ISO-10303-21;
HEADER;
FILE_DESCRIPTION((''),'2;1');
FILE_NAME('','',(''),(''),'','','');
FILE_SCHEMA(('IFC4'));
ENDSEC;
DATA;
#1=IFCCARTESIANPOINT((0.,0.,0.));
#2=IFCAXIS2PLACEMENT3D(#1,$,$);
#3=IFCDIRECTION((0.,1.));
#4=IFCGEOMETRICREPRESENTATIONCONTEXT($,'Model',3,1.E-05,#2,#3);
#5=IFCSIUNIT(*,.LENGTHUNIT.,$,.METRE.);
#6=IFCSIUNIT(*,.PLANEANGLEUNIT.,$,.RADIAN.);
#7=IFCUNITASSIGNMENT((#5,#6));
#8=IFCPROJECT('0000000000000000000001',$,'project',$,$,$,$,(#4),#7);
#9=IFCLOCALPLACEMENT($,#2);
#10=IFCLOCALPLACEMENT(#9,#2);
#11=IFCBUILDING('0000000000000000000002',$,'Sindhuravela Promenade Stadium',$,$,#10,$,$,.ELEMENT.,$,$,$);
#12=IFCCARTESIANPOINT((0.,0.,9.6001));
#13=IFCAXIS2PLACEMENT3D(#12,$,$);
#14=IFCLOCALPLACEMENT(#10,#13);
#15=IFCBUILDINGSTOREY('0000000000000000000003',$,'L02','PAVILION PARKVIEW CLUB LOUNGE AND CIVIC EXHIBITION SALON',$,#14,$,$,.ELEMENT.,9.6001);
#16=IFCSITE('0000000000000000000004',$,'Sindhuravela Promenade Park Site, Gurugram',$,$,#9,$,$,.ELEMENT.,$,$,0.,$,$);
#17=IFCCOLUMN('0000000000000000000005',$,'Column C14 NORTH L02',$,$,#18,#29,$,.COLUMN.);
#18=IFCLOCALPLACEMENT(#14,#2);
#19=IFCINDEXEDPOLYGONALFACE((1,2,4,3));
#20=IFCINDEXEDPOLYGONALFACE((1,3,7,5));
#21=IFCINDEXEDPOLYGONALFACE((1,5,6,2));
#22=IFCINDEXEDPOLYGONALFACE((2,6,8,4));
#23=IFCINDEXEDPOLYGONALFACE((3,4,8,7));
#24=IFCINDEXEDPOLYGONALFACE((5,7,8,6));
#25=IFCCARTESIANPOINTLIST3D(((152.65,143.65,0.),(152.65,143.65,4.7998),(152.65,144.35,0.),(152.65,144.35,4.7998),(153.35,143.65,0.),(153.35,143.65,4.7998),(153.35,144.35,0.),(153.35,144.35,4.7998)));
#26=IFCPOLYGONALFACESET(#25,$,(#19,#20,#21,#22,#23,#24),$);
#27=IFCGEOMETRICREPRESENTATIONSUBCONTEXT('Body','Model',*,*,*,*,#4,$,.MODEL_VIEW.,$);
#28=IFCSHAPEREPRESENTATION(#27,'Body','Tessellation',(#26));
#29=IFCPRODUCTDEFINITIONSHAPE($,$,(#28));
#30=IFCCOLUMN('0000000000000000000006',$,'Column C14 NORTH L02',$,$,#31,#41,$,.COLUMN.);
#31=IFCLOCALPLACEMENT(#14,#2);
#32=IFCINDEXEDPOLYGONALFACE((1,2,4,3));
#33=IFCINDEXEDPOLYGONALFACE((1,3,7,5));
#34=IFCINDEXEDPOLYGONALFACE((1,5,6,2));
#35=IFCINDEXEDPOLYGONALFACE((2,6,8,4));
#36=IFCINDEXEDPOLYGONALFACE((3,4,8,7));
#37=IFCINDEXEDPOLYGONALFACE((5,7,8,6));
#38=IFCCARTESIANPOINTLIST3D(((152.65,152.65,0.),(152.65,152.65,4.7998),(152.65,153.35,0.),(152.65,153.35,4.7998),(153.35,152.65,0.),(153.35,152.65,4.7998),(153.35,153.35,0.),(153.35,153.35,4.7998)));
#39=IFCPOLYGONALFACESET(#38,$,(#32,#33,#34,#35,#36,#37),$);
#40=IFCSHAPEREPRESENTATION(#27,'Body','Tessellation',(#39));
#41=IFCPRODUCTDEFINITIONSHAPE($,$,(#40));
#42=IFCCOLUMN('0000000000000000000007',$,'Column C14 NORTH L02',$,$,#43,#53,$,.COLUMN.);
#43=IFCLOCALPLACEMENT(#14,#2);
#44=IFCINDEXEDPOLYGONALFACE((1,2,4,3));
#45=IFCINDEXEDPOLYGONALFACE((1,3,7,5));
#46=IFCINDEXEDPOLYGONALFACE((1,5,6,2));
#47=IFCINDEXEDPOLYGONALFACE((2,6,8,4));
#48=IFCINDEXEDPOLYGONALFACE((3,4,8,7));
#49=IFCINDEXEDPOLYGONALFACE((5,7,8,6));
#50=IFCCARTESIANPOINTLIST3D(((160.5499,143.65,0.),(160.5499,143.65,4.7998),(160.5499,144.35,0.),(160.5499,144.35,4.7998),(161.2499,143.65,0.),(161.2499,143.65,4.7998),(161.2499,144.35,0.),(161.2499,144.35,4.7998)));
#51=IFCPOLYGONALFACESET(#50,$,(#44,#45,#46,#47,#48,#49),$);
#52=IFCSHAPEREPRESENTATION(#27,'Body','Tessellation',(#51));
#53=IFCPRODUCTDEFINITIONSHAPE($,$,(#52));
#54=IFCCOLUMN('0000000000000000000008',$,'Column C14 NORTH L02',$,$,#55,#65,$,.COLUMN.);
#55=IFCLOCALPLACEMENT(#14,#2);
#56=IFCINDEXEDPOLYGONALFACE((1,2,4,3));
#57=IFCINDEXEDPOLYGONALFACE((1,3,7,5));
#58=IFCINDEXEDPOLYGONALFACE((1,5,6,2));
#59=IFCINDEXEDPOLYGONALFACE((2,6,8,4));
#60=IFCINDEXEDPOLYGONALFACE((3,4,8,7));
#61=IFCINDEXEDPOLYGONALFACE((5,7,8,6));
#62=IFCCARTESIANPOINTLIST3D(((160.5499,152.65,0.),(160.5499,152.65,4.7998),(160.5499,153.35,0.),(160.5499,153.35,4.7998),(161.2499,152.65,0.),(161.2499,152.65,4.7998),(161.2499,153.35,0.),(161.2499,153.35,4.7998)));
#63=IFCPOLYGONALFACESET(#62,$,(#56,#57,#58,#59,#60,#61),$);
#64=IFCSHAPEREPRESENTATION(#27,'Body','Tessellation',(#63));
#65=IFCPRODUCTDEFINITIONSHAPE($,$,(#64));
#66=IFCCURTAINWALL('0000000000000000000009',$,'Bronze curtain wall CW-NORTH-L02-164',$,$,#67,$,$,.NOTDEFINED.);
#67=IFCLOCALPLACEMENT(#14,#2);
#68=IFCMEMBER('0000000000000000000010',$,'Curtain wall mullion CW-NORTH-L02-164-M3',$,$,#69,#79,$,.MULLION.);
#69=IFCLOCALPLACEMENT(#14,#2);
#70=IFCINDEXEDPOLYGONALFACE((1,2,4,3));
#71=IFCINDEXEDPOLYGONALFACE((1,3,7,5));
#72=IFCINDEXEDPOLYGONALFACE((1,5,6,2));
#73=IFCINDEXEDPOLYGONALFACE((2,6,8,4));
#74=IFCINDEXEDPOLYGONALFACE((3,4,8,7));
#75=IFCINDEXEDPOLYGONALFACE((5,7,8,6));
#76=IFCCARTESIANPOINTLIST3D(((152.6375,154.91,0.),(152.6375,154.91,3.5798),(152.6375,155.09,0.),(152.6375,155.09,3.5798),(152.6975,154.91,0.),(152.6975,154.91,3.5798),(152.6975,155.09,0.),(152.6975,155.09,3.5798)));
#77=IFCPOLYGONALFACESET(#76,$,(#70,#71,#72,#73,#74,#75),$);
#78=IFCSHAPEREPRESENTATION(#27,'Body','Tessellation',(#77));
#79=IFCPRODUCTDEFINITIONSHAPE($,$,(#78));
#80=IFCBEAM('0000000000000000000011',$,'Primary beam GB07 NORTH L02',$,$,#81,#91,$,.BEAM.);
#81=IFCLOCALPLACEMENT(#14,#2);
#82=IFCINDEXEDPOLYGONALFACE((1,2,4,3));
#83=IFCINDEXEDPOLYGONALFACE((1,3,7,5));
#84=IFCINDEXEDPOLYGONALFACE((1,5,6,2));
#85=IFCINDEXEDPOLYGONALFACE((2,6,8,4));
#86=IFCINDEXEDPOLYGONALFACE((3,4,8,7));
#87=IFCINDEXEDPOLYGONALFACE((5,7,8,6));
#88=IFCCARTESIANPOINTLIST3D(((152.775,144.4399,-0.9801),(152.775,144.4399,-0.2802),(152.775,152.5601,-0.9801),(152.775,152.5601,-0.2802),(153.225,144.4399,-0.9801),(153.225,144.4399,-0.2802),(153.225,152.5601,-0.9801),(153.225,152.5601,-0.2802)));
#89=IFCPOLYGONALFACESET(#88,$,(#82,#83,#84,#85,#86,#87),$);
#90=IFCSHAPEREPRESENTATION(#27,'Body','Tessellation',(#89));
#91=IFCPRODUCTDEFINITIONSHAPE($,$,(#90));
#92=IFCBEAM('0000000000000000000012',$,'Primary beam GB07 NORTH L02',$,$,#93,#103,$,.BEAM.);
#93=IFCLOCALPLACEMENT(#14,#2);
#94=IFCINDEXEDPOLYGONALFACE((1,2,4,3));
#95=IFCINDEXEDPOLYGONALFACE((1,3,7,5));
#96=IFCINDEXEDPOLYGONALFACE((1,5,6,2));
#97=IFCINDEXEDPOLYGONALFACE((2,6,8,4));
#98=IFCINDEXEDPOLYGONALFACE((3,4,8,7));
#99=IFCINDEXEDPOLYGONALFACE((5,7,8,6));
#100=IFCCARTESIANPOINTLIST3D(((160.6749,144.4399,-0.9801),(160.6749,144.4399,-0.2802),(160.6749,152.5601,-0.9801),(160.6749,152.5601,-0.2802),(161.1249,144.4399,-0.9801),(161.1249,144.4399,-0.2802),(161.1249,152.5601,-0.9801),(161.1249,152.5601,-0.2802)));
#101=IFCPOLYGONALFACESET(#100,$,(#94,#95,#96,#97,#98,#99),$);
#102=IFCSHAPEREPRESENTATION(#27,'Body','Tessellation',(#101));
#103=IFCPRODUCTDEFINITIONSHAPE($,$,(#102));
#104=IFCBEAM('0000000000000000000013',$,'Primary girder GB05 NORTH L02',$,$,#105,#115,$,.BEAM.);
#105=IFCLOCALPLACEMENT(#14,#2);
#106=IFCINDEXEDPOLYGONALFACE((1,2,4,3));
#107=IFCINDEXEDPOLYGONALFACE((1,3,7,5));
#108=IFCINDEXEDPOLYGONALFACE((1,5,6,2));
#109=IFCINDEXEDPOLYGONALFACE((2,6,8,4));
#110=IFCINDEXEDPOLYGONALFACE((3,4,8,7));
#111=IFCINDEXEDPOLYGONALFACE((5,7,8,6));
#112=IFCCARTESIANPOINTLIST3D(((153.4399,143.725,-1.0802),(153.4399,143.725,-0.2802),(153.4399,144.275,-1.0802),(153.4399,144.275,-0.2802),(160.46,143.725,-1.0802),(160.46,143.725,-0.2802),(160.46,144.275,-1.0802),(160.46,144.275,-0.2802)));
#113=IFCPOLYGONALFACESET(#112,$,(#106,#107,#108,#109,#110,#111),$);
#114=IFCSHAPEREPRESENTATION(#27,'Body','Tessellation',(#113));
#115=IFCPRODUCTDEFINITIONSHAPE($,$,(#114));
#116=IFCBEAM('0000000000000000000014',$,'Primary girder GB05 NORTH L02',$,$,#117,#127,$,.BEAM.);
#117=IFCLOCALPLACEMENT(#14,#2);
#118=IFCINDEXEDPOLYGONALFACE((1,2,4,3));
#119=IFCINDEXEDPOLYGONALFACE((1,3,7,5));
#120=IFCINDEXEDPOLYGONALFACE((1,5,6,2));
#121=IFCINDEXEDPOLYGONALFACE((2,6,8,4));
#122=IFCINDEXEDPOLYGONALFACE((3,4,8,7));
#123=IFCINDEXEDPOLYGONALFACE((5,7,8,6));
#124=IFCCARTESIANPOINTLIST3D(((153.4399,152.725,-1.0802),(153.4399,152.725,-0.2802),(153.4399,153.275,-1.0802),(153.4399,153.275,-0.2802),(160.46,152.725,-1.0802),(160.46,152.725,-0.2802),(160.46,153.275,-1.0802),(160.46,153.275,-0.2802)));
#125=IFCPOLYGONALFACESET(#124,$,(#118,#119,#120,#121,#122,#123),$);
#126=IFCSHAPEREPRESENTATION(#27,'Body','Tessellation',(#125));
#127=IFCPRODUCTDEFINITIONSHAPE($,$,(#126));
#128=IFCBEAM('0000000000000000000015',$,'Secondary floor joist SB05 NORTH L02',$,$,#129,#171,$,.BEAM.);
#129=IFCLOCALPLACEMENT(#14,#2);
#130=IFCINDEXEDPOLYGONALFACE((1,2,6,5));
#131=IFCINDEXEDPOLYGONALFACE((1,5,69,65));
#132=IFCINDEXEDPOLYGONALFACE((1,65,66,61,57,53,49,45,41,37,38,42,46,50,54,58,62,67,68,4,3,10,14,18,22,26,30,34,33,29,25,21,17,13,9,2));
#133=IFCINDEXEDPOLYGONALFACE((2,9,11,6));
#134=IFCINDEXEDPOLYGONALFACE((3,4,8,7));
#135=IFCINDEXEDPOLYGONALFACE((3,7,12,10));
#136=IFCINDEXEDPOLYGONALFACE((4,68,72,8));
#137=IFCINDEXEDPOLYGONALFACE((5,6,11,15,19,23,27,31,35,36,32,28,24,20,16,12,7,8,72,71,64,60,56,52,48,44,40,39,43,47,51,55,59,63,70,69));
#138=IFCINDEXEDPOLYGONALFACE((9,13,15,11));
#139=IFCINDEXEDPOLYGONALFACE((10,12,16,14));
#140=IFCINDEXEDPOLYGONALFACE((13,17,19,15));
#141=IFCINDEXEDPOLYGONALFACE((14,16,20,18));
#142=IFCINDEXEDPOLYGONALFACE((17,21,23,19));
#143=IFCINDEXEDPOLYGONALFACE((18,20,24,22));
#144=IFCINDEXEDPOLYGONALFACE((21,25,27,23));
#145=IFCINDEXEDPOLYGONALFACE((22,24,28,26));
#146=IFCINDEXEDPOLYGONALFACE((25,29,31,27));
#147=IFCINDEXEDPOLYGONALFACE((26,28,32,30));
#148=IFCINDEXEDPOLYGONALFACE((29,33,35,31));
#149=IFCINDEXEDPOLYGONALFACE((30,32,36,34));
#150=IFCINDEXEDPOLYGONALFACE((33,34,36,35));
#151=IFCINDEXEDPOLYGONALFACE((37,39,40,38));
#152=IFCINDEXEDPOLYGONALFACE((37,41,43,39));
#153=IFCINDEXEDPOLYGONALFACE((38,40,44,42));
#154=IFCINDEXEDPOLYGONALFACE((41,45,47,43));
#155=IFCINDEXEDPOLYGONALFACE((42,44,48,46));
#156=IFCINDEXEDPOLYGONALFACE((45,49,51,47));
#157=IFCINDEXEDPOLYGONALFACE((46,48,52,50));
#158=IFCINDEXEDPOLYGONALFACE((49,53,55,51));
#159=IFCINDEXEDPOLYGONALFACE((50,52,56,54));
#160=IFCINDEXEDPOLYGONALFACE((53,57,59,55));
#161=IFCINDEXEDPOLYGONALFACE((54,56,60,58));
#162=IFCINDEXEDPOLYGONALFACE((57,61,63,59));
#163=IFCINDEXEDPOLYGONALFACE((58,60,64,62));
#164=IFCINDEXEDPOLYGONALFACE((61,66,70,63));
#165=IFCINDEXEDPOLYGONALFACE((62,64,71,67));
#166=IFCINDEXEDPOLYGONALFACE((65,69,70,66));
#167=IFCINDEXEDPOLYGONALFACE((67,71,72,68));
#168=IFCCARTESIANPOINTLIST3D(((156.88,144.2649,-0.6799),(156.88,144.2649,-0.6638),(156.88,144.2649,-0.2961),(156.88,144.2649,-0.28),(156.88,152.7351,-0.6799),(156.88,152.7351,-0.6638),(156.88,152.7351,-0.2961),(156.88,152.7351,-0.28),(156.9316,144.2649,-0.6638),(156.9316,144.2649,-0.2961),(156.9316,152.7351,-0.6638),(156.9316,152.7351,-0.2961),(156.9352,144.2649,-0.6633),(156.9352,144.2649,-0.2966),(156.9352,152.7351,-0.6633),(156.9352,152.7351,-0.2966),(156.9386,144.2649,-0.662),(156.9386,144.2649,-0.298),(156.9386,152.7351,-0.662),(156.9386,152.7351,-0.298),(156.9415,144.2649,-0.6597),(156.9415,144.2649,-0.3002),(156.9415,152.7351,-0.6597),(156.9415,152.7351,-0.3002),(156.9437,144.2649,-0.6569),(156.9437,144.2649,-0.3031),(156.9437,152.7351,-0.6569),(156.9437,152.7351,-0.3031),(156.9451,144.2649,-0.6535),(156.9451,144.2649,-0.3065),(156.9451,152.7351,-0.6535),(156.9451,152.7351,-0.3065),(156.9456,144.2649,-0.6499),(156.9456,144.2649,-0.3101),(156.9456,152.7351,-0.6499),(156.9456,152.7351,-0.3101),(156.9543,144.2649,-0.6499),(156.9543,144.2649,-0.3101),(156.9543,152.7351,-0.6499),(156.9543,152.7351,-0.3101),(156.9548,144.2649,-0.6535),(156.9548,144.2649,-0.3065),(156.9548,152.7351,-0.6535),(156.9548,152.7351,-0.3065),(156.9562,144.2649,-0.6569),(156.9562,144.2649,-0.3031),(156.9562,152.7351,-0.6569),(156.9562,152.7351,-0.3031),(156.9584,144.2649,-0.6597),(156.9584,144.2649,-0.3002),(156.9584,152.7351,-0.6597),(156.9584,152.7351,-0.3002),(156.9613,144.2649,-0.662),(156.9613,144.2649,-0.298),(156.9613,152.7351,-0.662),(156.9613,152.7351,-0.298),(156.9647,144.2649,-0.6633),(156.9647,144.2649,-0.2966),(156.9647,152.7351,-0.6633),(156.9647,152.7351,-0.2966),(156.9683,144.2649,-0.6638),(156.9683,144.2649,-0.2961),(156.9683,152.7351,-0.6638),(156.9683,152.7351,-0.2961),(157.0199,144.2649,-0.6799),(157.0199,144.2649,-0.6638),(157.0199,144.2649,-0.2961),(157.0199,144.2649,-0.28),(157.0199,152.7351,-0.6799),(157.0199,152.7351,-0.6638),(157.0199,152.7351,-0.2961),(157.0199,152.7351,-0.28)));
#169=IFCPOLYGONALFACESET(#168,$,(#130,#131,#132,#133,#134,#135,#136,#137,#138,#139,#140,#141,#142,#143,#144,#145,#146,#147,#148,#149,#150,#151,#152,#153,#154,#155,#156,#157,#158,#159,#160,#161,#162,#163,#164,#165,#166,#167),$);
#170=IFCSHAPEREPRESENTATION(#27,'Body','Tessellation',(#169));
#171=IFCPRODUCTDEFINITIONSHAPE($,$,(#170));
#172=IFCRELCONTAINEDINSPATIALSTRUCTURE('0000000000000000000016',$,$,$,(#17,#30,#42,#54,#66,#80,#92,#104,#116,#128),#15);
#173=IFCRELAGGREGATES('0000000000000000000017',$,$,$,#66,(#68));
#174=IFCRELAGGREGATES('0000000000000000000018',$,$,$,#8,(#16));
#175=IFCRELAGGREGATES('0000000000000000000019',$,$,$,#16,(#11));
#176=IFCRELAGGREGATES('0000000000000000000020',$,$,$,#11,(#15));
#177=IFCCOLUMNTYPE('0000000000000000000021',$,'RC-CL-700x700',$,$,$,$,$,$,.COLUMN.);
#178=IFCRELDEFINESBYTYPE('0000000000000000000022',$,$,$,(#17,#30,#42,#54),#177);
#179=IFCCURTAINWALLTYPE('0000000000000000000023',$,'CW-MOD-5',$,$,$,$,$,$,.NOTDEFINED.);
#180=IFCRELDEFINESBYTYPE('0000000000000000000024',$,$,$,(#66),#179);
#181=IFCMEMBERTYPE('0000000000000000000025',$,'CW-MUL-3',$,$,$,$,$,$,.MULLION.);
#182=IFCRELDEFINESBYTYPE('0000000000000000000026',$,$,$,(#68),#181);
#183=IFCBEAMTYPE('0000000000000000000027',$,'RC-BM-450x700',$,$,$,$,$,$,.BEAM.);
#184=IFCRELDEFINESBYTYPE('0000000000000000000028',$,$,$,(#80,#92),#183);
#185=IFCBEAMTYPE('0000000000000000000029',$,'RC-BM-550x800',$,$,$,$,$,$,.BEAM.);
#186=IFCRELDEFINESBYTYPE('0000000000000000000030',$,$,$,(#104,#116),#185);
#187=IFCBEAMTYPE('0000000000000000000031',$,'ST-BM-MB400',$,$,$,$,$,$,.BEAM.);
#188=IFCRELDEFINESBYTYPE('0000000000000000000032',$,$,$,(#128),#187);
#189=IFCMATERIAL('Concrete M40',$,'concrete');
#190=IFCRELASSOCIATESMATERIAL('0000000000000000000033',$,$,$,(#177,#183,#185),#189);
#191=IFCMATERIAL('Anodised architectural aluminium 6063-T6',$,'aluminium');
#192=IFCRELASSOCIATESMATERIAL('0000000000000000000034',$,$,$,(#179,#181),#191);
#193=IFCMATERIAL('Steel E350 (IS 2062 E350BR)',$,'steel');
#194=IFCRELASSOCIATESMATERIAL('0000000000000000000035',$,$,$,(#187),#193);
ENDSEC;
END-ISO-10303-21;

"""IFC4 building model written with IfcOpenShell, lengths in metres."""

from ifc_helpers import new_model, si_unit, direction, frame, origin, origin_2d, place, context, subcontext, project, spatial, rectangle, i_section, extrude, material, material_profile, profile_set, type_object, element, aggregate, save


model = new_model("IFC4")

# Units and contexts
model_context = context("Model", 3, precision=1e-05, world=origin(), true_north=direction((0.0, 1.0)))
body_context = subcontext(model_context, "Body", "Model", "MODEL_VIEW")
ifc_project = project(units=[si_unit("LENGTHUNIT", "METRE"), si_unit("PLANEANGLEUNIT", "RADIAN")], contexts=[model_context])

# Site, building, storey
site_placement = place(None, origin())
site = spatial("IfcSite", under=ifc_project, at=site_placement, Name="Sindhuravela Promenade Park Site, Gurugram", CompositionType="ELEMENT", RefElevation=0.0)
building_placement = place(site_placement, origin())
building = spatial("IfcBuilding", under=site, at=building_placement, Name="Sindhuravela Promenade Stadium", CompositionType="ELEMENT")
storey_placement = place(building_placement, frame((0.0, 0.0, 9.6001)))
storey = spatial("IfcBuildingStorey", under=building, at=storey_placement, Name="L02", Description="PAVILION PARKVIEW CLUB LOUNGE AND CIVIC EXHIBITION SALON", CompositionType="ELEMENT", Elevation=9.6001)

# Columns
ifc_material_1 = material(Name="Concrete M40", Category="concrete")
ifc_material_profile_1 = material_profile(ifc_material_1, rectangle(XDim=0.7, YDim=0.7, at=origin_2d()), Name="RC 700x700")
ifc_profile_set_1 = profile_set([ifc_material_profile_1], Name="Concrete M40")
column_type = type_object("IfcColumnType", Name="RC-CL-700x700", PredefinedType="COLUMN", material=ifc_profile_set_1)
for number, where, z_axis, x_axis, name in (
    (1, (153.0, 144.0, 0.0), (0.0, 0.0, 1.0), (1.0, 0.0, 0.0), "Column C14 NORTH L02"),
    (2, (153.0, 153.0, 0.0), (0.0, 0.0, 1.0), (1.0, 0.0, 0.0), "Column C14 NORTH L02"),
    (3, (160.8999, 144.0, 0.0), (0.0, 0.0, 1.0), (1.0, 0.0, 0.0), "Column C14 NORTH L02"),
    (4, (160.8999, 153.0, 0.0), (0.0, 0.0, 1.0), (1.0, 0.0, 0.0), "Column C14 NORTH L02"),
):
    element("IfcColumn", number, at=place(storey_placement, frame(where, z_axis=z_axis, x_axis=x_axis)), inside=storey, type_object=column_type, Name=name, PredefinedType="COLUMN", context=body_context, shape_type="SweptSolid", body=[
        extrude(rectangle(XDim=0.7, YDim=0.7, at=origin_2d()), origin(), (0.0, 0.0, 1.0), 4.7998),
    ])

# Curtain wall, member
ifc_material_2 = material(Name="Anodised architectural aluminium 6063-T6", Category="aluminium")
curtain_wall_type = type_object("IfcCurtainWallType", Name="CW-MOD-5", PredefinedType="NOTDEFINED", material=ifc_material_2)
curtain_wall_placement = place(storey_placement, origin())
curtain_wall = element("IfcCurtainWall", 5, at=curtain_wall_placement, inside=storey, type_object=curtain_wall_type, Name="Bronze curtain wall CW-NORTH-L02-164", PredefinedType="NOTDEFINED")
ifc_material_profile_2 = material_profile(ifc_material_2, rectangle(XDim=0.0601, YDim=0.1799, at=origin_2d()), Name="ALU M60x180")
ifc_profile_set_2 = profile_set([ifc_material_profile_2], Name="Anodised architectural aluminium 6063-T6")
member_type = type_object("IfcMemberType", Name="CW-MUL-3", PredefinedType="MULLION", material=ifc_profile_set_2)
member_placement = place(storey_placement, frame((152.6675, 155.0, 0.0), z_axis=(0.0, 0.0, 1.0), x_axis=(1.0, 0.0, 0.0)))
member = element("IfcMember", 6, at=member_placement, type_object=member_type, Name="Curtain wall mullion CW-NORTH-L02-164-M3", PredefinedType="MULLION", context=body_context, shape_type="SweptSolid", body=[
    extrude(rectangle(XDim=0.0601, YDim=0.1799, at=origin_2d()), origin(), (0.0, 0.0, 1.0), 3.5798),
])
aggregate(curtain_wall, [member])

# Beams
ifc_material_profile_3 = material_profile(ifc_material_1, rectangle(XDim=0.45, YDim=0.7, at=origin_2d()), Name="RC 450x700")
ifc_profile_set_3 = profile_set([ifc_material_profile_3], Name="Concrete M40")
beam_type_1 = type_object("IfcBeamType", Name="RC-BM-450x700", PredefinedType="BEAM", material=ifc_profile_set_3)
for number, where, z_axis, x_axis, name in (
    (7, (153.0, 144.4399, -0.6301), (0.0, 1.0, 0.0), (-1.0, 0.0, 0.0), "Primary beam GB07 NORTH L02"),
    (8, (160.8999, 144.4399, -0.6301), (0.0, 1.0, 0.0), (-1.0, 0.0, 0.0), "Primary beam GB07 NORTH L02"),
):
    element("IfcBeam", number, at=place(storey_placement, frame(where, z_axis=z_axis, x_axis=x_axis)), inside=storey, type_object=beam_type_1, Name=name, PredefinedType="BEAM", context=body_context, shape_type="SweptSolid", body=[
        extrude(rectangle(XDim=0.45, YDim=0.7, at=origin_2d()), origin(), (0.0, 0.0, 1.0), 8.1201),
    ])
ifc_material_profile_4 = material_profile(ifc_material_1, rectangle(XDim=0.55, YDim=0.8, at=origin_2d()), Name="RC 550x800")
ifc_profile_set_4 = profile_set([ifc_material_profile_4], Name="Concrete M40")
beam_type_2 = type_object("IfcBeamType", Name="RC-BM-550x800", PredefinedType="BEAM", material=ifc_profile_set_4)
for number, where, z_axis, x_axis, name in (
    (9, (153.4399, 144.0, -0.6802), (1.0, 0.0, 0.0), (0.0, 1.0, 0.0), "Primary girder GB05 NORTH L02"),
    (10, (153.4399, 153.0, -0.6802), (1.0, 0.0, 0.0), (0.0, 1.0, 0.0), "Primary girder GB05 NORTH L02"),
):
    element("IfcBeam", number, at=place(storey_placement, frame(where, z_axis=z_axis, x_axis=x_axis)), inside=storey, type_object=beam_type_2, Name=name, PredefinedType="BEAM", context=body_context, shape_type="SweptSolid", body=[
        extrude(rectangle(XDim=0.55, YDim=0.8, at=origin_2d()), origin(), (0.0, 0.0, 1.0), 7.02),
    ])
ifc_material_3 = material(Name="Steel E350 (IS 2062 E350BR)", Category="steel")
ifc_material_profile_5 = material_profile(ifc_material_3, i_section(OverallWidth=0.1399, OverallDepth=0.3999, WebThickness=0.0088, FlangeThickness=0.0161, FilletRadius=0.0139, at=origin_2d()), Name="ISMB 400")
ifc_profile_set_5 = profile_set([ifc_material_profile_5], Name="Steel E350 (IS 2062 E350BR)")
beam_type_3 = type_object("IfcBeamType", Name="ST-BM-MB400", PredefinedType="BEAM", material=ifc_profile_set_5)
beam_placement = place(storey_placement, frame((156.95, 144.2649, -0.48), z_axis=(0.0, 1.0, 0.0), x_axis=(-1.0, 0.0, 0.0)))
element("IfcBeam", 11, at=beam_placement, inside=storey, type_object=beam_type_3, Name="Secondary floor joist SB05 NORTH L02", PredefinedType="BEAM", context=body_context, shape_type="SweptSolid", body=[
    extrude(i_section(OverallWidth=0.1399, OverallDepth=0.3999, WebThickness=0.0088, FlangeThickness=0.0161, FilletRadius=0.0139, at=origin_2d()), origin(), (0.0, 0.0, 1.0), 8.4702),
])

save(model, "model.ifc")
